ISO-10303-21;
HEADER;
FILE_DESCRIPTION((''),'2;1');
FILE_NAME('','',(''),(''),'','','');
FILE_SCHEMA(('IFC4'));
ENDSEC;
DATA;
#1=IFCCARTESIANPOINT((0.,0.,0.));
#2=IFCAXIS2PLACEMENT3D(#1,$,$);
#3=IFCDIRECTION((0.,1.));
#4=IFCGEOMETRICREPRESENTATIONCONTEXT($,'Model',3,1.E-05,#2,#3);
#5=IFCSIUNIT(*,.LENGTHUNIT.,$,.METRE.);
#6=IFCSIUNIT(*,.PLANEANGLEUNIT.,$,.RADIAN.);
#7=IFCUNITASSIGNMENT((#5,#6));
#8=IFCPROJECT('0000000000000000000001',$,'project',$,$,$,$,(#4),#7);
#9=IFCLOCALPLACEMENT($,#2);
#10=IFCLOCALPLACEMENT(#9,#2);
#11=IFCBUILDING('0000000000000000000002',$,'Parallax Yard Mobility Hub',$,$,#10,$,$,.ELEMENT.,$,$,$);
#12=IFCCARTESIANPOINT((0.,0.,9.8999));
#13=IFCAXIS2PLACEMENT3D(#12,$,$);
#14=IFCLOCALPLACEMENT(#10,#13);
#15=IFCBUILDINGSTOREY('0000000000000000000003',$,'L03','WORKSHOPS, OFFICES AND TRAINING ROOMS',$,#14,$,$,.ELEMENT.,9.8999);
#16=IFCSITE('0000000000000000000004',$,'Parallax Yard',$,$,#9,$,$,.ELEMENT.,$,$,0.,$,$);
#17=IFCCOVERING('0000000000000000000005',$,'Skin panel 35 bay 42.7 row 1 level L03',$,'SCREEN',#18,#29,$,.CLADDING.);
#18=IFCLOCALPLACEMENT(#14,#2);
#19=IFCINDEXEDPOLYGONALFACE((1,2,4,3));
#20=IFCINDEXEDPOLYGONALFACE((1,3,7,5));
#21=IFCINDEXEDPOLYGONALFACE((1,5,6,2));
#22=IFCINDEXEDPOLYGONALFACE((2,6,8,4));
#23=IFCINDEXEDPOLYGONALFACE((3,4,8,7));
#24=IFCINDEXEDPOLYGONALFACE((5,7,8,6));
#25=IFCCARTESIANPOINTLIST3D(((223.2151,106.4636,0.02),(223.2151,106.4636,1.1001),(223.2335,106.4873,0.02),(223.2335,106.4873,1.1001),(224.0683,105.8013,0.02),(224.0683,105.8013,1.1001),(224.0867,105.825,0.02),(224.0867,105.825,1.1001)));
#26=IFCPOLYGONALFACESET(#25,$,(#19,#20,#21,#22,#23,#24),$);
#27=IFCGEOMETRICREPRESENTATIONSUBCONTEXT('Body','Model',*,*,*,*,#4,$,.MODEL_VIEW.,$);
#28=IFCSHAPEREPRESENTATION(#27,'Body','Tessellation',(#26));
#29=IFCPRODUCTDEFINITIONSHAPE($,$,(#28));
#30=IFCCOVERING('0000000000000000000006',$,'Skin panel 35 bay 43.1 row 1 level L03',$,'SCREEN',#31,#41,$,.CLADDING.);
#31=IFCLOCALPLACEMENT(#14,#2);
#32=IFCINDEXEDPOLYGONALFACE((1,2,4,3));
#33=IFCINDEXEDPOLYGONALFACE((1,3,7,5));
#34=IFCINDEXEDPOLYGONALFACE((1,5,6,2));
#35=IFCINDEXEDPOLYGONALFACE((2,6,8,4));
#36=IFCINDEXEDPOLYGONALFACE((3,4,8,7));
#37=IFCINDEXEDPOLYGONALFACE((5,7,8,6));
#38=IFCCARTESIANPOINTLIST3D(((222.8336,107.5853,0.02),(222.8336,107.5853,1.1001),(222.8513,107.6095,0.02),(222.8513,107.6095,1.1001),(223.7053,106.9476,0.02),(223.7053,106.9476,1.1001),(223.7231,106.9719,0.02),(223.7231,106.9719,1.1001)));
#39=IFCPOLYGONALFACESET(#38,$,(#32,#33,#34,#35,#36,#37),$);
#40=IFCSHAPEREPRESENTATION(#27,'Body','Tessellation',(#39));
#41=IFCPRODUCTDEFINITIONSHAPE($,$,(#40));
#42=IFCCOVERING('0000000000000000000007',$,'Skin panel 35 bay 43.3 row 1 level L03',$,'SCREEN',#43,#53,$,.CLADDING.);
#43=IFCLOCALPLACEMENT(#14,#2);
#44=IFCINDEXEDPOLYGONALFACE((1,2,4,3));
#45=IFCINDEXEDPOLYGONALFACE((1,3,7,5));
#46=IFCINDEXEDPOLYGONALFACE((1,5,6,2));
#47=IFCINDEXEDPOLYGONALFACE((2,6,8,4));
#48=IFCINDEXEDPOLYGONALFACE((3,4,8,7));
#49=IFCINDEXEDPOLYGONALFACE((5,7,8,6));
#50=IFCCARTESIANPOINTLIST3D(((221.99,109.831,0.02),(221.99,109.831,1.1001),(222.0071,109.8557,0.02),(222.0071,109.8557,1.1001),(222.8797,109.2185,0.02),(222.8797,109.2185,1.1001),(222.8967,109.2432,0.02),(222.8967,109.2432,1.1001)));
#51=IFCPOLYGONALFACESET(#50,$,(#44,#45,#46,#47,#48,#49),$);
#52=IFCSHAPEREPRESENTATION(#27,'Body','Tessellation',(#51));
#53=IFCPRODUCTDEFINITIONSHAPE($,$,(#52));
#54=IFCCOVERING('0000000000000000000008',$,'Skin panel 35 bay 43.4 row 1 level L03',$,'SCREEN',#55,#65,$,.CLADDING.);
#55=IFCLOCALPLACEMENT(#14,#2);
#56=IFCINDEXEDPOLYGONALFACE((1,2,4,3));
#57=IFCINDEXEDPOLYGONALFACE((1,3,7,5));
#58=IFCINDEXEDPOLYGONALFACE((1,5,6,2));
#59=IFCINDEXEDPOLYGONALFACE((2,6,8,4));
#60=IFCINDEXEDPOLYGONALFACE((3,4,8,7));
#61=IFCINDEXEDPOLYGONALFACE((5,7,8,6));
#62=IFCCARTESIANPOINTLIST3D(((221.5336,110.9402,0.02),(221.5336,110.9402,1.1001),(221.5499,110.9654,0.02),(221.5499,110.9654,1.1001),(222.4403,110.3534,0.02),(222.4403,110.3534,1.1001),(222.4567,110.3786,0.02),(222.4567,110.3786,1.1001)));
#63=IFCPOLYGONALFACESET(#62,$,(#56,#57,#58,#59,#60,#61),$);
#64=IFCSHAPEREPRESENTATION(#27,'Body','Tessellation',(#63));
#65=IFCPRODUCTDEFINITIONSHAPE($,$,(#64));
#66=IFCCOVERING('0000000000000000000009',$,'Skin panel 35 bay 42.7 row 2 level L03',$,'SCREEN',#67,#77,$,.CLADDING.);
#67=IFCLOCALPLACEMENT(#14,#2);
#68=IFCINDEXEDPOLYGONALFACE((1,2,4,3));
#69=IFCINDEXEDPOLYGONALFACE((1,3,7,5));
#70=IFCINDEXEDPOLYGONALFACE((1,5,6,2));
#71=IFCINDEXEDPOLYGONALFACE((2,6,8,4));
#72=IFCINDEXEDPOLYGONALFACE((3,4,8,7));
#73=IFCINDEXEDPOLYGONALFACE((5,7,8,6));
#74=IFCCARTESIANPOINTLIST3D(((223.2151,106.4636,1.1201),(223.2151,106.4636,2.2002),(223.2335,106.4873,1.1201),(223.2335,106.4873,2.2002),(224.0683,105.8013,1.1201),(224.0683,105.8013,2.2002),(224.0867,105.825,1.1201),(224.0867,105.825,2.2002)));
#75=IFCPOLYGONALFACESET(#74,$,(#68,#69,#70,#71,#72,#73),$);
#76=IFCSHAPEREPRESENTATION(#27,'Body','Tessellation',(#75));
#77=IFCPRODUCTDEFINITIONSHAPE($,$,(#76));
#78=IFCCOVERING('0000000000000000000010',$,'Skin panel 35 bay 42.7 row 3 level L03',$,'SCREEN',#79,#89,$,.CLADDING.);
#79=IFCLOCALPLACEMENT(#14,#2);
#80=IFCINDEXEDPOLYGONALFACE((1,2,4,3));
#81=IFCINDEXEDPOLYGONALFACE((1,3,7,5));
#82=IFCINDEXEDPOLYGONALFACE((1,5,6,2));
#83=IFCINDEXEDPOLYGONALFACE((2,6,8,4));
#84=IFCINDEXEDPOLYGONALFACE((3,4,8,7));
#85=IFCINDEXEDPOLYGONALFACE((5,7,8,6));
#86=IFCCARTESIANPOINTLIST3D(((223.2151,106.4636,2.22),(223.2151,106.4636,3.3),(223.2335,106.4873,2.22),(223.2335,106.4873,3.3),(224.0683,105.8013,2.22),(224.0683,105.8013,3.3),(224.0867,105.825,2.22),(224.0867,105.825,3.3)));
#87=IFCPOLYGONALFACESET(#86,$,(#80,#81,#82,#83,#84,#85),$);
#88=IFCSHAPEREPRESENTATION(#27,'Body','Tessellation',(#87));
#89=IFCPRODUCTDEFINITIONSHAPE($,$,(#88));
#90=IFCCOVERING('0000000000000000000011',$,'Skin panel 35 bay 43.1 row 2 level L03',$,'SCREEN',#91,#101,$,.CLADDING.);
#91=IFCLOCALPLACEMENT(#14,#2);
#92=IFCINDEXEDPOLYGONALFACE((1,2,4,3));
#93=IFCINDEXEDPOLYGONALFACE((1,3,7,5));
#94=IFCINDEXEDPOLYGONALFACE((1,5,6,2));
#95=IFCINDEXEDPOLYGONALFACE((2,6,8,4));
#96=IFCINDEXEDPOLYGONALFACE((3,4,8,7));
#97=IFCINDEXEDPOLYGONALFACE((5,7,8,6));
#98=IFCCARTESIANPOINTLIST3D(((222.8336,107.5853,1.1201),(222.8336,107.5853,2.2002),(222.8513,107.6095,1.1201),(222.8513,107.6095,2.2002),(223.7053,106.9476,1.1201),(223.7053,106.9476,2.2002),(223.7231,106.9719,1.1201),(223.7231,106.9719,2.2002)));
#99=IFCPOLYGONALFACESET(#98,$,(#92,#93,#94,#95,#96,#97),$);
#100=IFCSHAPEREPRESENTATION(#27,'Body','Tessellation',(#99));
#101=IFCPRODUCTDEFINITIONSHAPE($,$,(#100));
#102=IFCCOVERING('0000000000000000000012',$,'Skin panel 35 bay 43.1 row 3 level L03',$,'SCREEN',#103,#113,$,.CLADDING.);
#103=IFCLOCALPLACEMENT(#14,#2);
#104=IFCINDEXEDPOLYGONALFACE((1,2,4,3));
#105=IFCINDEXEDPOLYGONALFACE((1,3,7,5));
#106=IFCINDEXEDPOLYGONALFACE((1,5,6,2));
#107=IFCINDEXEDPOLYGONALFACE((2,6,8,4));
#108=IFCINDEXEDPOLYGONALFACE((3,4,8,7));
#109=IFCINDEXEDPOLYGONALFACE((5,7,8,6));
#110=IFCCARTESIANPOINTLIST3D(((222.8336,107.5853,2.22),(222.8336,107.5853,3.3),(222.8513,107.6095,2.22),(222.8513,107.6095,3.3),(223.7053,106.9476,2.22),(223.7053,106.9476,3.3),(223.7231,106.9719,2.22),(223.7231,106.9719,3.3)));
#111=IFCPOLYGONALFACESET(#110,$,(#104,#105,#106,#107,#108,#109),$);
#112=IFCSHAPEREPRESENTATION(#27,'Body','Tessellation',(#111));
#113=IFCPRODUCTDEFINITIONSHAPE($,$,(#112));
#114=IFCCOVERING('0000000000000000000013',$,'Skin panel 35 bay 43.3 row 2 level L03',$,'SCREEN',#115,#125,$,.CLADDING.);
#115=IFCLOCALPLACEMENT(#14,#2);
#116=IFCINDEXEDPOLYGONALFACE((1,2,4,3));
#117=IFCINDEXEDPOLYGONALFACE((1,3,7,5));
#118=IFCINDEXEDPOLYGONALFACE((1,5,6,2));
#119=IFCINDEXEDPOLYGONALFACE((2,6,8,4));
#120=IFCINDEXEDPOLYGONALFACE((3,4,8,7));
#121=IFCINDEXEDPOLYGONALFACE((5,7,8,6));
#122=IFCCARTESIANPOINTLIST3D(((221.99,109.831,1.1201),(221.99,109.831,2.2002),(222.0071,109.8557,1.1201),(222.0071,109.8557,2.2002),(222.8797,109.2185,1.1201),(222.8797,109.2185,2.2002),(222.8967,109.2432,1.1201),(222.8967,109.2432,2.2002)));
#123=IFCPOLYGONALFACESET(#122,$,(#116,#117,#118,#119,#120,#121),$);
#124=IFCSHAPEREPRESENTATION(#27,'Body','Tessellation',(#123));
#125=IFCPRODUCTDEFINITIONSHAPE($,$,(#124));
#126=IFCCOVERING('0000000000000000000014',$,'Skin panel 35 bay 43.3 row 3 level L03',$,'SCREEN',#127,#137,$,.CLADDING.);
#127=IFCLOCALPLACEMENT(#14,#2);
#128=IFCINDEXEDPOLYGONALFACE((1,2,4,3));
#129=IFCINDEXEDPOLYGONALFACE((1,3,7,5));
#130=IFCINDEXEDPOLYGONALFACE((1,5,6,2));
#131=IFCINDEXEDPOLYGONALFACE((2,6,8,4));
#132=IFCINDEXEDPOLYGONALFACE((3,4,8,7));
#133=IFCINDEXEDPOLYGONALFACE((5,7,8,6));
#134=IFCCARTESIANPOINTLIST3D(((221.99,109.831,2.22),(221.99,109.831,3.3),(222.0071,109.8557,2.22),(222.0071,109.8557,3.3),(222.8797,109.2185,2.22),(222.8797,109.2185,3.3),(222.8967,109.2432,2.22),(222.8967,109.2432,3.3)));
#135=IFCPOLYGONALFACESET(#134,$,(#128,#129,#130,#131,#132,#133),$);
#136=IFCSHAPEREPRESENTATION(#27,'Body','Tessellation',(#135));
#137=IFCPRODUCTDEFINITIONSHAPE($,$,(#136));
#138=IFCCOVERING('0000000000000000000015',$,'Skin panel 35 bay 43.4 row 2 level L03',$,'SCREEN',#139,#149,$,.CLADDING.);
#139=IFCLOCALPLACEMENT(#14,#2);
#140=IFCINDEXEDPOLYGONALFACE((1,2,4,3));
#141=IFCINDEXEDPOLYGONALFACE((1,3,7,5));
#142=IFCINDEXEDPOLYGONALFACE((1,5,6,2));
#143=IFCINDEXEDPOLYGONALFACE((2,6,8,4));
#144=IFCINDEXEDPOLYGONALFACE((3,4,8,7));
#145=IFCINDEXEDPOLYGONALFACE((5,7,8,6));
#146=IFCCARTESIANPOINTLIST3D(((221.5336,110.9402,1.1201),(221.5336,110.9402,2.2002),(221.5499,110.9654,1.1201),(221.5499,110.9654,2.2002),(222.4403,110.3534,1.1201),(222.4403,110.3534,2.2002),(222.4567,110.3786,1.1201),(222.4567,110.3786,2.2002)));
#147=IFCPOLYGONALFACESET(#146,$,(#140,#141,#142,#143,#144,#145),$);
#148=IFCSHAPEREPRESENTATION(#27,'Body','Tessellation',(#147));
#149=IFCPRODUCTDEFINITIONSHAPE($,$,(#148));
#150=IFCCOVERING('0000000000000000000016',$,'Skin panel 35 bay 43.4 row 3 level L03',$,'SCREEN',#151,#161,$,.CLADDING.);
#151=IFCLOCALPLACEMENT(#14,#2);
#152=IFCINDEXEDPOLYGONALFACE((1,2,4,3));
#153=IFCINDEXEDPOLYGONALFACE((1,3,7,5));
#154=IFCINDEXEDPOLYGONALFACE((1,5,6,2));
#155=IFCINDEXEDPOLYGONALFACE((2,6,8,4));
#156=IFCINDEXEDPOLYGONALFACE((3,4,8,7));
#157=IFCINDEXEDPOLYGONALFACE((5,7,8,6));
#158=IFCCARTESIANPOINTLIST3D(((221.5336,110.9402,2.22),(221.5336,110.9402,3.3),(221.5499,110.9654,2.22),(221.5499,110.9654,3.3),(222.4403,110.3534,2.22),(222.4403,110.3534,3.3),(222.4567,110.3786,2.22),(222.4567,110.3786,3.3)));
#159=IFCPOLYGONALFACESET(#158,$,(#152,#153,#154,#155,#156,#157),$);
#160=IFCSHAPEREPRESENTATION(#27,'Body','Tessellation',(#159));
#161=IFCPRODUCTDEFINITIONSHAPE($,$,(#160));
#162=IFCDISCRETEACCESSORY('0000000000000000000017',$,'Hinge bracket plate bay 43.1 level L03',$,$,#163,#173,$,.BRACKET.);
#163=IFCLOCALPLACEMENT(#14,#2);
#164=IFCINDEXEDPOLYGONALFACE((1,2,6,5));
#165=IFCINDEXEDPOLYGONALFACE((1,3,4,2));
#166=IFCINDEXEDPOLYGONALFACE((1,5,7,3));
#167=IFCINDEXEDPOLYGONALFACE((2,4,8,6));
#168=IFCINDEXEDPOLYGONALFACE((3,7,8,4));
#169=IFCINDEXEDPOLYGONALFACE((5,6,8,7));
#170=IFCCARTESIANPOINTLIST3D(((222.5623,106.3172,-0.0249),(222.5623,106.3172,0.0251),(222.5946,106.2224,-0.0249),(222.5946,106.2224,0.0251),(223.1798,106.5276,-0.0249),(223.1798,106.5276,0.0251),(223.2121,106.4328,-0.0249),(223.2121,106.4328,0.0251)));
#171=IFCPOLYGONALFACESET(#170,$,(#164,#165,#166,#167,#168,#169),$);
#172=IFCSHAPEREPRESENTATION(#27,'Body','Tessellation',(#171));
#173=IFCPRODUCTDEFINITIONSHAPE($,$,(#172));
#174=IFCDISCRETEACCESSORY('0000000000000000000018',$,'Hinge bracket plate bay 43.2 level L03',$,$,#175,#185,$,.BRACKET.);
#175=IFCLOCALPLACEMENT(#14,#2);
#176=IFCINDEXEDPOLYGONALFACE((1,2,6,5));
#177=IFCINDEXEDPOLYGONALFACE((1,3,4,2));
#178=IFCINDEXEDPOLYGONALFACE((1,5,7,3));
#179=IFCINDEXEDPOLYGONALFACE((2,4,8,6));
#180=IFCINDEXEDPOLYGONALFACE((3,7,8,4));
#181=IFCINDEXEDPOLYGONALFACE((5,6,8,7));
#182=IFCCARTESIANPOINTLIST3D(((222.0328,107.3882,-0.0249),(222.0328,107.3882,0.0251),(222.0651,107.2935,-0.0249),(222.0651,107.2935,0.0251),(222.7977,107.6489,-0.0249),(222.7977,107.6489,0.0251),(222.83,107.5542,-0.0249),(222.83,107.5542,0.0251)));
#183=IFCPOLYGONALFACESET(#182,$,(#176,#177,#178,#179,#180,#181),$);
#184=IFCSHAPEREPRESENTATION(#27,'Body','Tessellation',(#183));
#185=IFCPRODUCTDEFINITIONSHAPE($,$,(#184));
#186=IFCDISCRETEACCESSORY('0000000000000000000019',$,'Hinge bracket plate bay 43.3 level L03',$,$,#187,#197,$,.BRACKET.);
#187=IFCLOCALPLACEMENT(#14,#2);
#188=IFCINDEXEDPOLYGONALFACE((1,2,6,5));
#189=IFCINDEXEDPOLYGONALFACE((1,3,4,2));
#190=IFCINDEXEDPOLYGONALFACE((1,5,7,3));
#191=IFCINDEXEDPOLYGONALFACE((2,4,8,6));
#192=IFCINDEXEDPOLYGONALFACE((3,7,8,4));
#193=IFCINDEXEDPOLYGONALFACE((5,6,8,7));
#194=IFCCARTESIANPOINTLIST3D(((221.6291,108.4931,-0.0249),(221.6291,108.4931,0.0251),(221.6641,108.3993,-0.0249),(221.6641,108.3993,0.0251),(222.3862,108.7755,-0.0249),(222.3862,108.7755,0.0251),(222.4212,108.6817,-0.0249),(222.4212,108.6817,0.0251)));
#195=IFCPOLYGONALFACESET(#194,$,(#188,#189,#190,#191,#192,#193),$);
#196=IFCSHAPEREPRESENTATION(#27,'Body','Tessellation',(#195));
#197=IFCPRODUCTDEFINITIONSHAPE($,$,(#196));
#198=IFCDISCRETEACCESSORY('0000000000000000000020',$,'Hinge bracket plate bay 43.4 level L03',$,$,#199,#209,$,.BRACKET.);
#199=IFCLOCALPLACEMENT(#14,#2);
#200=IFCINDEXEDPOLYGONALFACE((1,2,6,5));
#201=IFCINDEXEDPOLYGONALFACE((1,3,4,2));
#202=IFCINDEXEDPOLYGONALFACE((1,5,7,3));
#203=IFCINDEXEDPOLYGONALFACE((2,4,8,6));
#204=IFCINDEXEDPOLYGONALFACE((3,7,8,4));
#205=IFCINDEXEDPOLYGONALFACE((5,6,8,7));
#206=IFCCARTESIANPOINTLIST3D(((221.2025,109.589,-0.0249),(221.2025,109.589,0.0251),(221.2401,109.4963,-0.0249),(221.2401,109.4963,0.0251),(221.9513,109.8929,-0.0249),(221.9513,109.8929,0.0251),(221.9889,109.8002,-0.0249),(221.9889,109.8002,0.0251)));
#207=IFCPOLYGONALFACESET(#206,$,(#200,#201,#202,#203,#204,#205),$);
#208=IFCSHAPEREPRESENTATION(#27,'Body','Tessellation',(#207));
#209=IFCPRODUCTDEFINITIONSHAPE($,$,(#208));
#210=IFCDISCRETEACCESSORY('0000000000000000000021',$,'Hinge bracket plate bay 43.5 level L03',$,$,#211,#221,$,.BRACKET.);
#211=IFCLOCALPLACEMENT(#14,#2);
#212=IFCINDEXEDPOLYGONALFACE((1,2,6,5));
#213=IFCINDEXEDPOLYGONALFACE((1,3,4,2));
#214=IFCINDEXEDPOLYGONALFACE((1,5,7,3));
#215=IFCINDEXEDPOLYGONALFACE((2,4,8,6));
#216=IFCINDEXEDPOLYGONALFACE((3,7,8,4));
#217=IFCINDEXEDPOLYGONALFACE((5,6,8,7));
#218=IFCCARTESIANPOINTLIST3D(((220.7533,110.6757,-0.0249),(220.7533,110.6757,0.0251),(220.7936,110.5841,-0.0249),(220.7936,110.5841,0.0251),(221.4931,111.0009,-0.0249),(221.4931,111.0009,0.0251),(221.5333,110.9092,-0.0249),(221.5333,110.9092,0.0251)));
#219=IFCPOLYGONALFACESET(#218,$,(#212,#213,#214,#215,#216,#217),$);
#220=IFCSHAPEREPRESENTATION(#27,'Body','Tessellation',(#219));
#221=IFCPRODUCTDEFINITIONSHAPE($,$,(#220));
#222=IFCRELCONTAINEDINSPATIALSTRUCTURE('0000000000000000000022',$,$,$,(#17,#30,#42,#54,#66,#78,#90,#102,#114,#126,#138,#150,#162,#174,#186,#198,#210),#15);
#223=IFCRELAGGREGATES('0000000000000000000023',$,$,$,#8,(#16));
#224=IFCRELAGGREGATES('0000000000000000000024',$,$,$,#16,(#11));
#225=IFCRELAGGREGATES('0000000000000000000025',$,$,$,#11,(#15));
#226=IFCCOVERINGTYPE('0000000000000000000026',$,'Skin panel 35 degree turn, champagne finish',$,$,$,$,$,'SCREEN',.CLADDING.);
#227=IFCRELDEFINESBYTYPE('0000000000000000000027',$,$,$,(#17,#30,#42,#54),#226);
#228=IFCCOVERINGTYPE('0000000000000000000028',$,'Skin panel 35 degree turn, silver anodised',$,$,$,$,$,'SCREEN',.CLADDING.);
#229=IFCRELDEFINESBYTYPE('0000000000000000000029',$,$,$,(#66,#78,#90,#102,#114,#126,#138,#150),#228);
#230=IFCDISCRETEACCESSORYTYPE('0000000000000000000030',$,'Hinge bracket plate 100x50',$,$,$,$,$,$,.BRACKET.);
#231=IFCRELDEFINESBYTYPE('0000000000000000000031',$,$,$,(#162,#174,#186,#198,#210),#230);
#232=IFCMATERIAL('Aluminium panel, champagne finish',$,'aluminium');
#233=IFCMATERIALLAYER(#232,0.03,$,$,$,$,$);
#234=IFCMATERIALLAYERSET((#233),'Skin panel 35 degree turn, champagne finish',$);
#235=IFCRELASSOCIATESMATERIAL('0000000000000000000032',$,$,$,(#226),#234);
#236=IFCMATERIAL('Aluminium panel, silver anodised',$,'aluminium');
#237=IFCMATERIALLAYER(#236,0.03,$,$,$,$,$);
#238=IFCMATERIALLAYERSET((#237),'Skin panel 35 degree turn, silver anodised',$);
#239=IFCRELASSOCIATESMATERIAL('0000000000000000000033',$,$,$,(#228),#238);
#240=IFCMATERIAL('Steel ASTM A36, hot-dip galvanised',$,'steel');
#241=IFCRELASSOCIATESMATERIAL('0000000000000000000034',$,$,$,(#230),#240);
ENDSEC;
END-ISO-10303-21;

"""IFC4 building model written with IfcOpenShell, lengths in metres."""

from ifc_helpers import new_model, si_unit, direction, frame, origin, origin_2d, place, context, subcontext, project, spatial, rectangle, extrude, material, layer, layer_set, type_object, element, save


model = new_model("IFC4")

# Units and contexts
model_context = context("Model", 3, precision=1e-05, world=origin(), true_north=direction((0.0, 1.0)))
body_context = subcontext(model_context, "Body", "Model", "MODEL_VIEW")
ifc_project = project(units=[si_unit("LENGTHUNIT", "METRE"), si_unit("PLANEANGLEUNIT", "RADIAN")], contexts=[model_context])

# Site, building, storey
site_placement = place(None, origin())
site = spatial("IfcSite", under=ifc_project, at=site_placement, Name="Parallax Yard", CompositionType="ELEMENT", RefElevation=0.0)
building_placement = place(site_placement, origin())
building = spatial("IfcBuilding", under=site, at=building_placement, Name="Parallax Yard Mobility Hub", CompositionType="ELEMENT")
storey_placement = place(building_placement, frame((0.0, 0.0, 9.8999)))
storey = spatial("IfcBuildingStorey", under=building, at=storey_placement, Name="L03", Description="WORKSHOPS, OFFICES AND TRAINING ROOMS", CompositionType="ELEMENT", Elevation=9.8999)

# Coverings
ifc_material_1 = material(Name="Aluminium panel, champagne finish", Category="aluminium")
ifc_material_2 = material(Name="Aluminium panel, silver anodised", Category="aluminium")
ifc_layer_1 = layer(ifc_material_1, 0.03)
ifc_layer_set_1 = layer_set([ifc_layer_1], Name="Skin panel 35 degree turn, champagne finish")
covering_type_1 = type_object("IfcCoveringType", Name="Skin panel 35 degree turn, champagne finish", ElementType="SCREEN", PredefinedType="CLADDING", material=ifc_layer_set_1)
for number, where, z_axis, x_axis, name in (
    (1, (223.6509, 106.1443, 0.02), (0.0, 0.0, 1.0), (0.78996, -0.613158, 0.0), "Skin panel 35 bay 42.7 row 1 level L03"),
    (2, (223.2783, 107.2786, 0.02), (0.0, 0.0, 1.0), (0.807148, -0.590349, 0.0), "Skin panel 35 bay 43.1 row 1 level L03"),
    (3, (222.4434, 109.5371, 0.02), (0.0, 0.0, 1.0), (0.823676, -0.567061, 0.0), "Skin panel 35 bay 43.3 row 1 level L03"),
    (4, (221.9951, 110.6594, 0.02), (0.0, 0.0, 1.0), (0.839534, -0.543308, 0.0), "Skin panel 35 bay 43.4 row 1 level L03"),
):
    element("IfcCovering", number, at=place(storey_placement, frame(where, z_axis=z_axis, x_axis=x_axis)), inside=storey, type_object=covering_type_1, Name=name, ObjectType="SCREEN", PredefinedType="CLADDING", context=body_context, shape_type="SweptSolid", body=[
        extrude(rectangle(XDim=1.0801, YDim=0.03, at=origin_2d()), origin(), (0.0, 0.0, 1.0), 1.0801),
    ])
ifc_layer_2 = layer(ifc_material_2, 0.03)
ifc_layer_set_2 = layer_set([ifc_layer_2], Name="Skin panel 35 degree turn, silver anodised")
covering_type_2 = type_object("IfcCoveringType", Name="Skin panel 35 degree turn, silver anodised", ElementType="SCREEN", PredefinedType="CLADDING", material=ifc_layer_set_2)
for number, where, z_axis, x_axis, name in (
    (5, (223.6509, 106.1443, 1.1201), (0.0, 0.0, 1.0), (0.78996, -0.613158, 0.0), "Skin panel 35 bay 42.7 row 2 level L03"),
    (6, (223.6509, 106.1443, 2.22), (0.0, 0.0, 1.0), (0.78996, -0.613158, 0.0), "Skin panel 35 bay 42.7 row 3 level L03"),
    (7, (223.2783, 107.2786, 1.1201), (0.0, 0.0, 1.0), (0.807148, -0.590349, 0.0), "Skin panel 35 bay 43.1 row 2 level L03"),
    (8, (223.2783, 107.2786, 2.22), (0.0, 0.0, 1.0), (0.807148, -0.590349, 0.0), "Skin panel 35 bay 43.1 row 3 level L03"),
    (9, (222.4434, 109.5371, 1.1201), (0.0, 0.0, 1.0), (0.823676, -0.567061, 0.0), "Skin panel 35 bay 43.3 row 2 level L03"),
    (10, (222.4434, 109.5371, 2.22), (0.0, 0.0, 1.0), (0.823676, -0.567061, 0.0), "Skin panel 35 bay 43.3 row 3 level L03"),
    (11, (221.9951, 110.6594, 1.1201), (0.0, 0.0, 1.0), (0.839534, -0.543308, 0.0), "Skin panel 35 bay 43.4 row 2 level L03"),
    (12, (221.9951, 110.6594, 2.22), (0.0, 0.0, 1.0), (0.839534, -0.543308, 0.0), "Skin panel 35 bay 43.4 row 3 level L03"),
):
    element("IfcCovering", number, at=place(storey_placement, frame(where, z_axis=z_axis, x_axis=x_axis)), inside=storey, type_object=covering_type_2, Name=name, ObjectType="SCREEN", PredefinedType="CLADDING", context=body_context, shape_type="SweptSolid", body=[
        extrude(rectangle(XDim=1.0801, YDim=0.03, at=origin_2d()), origin(), (0.0, 0.0, 1.0), 1.0801),
    ])

# Discrete accessories
ifc_material_3 = material(Name="Steel ASTM A36, hot-dip galvanised", Category="steel")
discrete_accessory_type_1 = type_object("IfcDiscreteAccessoryType", Name="Hinge bracket plate 100x50", PredefinedType="BRACKET", material=ifc_material_3)
discrete_accessory_placement = place(storey_placement, frame((222.8872, 106.375, -0.0249), z_axis=(0.0, 0.0, 1.0), x_axis=(0.946547, 0.322566, 0.0)))
element("IfcDiscreteAccessory", 13, at=discrete_accessory_placement, inside=storey, type_object=discrete_accessory_type_1, Name="Hinge bracket plate bay 43.1 level L03", PredefinedType="BRACKET", context=body_context, shape_type="SweptSolid", body=[
    extrude(rectangle(XDim=0.6523, YDim=0.1001, at=origin_2d()), origin(), (0.0, 0.0, 1.0), 0.05),
])
for number, where, z_axis, x_axis, name in (
    (14, (222.4314, 107.4712, -0.0249), (0.0, 0.0, 1.0), (0.946547, 0.322566, 0.0), "Hinge bracket plate bay 43.2 level L03"),
    (15, (222.0251, 108.5874, -0.0249), (0.0, 0.0, 1.0), (0.93695, 0.349463, 0.0), "Hinge bracket plate bay 43.3 level L03"),
    (16, (221.5957, 109.6946, -0.0249), (0.0, 0.0, 1.0), (0.926588, 0.376077, 0.0), "Hinge bracket plate bay 43.4 level L03"),
    (17, (221.1433, 110.7925, -0.0249), (0.0, 0.0, 1.0), (0.915471, 0.402384, 0.0), "Hinge bracket plate bay 43.5 level L03"),
):
    element("IfcDiscreteAccessory", number, at=place(storey_placement, frame(where, z_axis=z_axis, x_axis=x_axis)), inside=storey, type_object=discrete_accessory_type_1, Name=name, PredefinedType="BRACKET", context=body_context, shape_type="SweptSolid", body=[
        extrude(rectangle(XDim=0.8081, YDim=0.1001, at=origin_2d()), origin(), (0.0, 0.0, 1.0), 0.05),
    ])

save(model, "model.ifc")
